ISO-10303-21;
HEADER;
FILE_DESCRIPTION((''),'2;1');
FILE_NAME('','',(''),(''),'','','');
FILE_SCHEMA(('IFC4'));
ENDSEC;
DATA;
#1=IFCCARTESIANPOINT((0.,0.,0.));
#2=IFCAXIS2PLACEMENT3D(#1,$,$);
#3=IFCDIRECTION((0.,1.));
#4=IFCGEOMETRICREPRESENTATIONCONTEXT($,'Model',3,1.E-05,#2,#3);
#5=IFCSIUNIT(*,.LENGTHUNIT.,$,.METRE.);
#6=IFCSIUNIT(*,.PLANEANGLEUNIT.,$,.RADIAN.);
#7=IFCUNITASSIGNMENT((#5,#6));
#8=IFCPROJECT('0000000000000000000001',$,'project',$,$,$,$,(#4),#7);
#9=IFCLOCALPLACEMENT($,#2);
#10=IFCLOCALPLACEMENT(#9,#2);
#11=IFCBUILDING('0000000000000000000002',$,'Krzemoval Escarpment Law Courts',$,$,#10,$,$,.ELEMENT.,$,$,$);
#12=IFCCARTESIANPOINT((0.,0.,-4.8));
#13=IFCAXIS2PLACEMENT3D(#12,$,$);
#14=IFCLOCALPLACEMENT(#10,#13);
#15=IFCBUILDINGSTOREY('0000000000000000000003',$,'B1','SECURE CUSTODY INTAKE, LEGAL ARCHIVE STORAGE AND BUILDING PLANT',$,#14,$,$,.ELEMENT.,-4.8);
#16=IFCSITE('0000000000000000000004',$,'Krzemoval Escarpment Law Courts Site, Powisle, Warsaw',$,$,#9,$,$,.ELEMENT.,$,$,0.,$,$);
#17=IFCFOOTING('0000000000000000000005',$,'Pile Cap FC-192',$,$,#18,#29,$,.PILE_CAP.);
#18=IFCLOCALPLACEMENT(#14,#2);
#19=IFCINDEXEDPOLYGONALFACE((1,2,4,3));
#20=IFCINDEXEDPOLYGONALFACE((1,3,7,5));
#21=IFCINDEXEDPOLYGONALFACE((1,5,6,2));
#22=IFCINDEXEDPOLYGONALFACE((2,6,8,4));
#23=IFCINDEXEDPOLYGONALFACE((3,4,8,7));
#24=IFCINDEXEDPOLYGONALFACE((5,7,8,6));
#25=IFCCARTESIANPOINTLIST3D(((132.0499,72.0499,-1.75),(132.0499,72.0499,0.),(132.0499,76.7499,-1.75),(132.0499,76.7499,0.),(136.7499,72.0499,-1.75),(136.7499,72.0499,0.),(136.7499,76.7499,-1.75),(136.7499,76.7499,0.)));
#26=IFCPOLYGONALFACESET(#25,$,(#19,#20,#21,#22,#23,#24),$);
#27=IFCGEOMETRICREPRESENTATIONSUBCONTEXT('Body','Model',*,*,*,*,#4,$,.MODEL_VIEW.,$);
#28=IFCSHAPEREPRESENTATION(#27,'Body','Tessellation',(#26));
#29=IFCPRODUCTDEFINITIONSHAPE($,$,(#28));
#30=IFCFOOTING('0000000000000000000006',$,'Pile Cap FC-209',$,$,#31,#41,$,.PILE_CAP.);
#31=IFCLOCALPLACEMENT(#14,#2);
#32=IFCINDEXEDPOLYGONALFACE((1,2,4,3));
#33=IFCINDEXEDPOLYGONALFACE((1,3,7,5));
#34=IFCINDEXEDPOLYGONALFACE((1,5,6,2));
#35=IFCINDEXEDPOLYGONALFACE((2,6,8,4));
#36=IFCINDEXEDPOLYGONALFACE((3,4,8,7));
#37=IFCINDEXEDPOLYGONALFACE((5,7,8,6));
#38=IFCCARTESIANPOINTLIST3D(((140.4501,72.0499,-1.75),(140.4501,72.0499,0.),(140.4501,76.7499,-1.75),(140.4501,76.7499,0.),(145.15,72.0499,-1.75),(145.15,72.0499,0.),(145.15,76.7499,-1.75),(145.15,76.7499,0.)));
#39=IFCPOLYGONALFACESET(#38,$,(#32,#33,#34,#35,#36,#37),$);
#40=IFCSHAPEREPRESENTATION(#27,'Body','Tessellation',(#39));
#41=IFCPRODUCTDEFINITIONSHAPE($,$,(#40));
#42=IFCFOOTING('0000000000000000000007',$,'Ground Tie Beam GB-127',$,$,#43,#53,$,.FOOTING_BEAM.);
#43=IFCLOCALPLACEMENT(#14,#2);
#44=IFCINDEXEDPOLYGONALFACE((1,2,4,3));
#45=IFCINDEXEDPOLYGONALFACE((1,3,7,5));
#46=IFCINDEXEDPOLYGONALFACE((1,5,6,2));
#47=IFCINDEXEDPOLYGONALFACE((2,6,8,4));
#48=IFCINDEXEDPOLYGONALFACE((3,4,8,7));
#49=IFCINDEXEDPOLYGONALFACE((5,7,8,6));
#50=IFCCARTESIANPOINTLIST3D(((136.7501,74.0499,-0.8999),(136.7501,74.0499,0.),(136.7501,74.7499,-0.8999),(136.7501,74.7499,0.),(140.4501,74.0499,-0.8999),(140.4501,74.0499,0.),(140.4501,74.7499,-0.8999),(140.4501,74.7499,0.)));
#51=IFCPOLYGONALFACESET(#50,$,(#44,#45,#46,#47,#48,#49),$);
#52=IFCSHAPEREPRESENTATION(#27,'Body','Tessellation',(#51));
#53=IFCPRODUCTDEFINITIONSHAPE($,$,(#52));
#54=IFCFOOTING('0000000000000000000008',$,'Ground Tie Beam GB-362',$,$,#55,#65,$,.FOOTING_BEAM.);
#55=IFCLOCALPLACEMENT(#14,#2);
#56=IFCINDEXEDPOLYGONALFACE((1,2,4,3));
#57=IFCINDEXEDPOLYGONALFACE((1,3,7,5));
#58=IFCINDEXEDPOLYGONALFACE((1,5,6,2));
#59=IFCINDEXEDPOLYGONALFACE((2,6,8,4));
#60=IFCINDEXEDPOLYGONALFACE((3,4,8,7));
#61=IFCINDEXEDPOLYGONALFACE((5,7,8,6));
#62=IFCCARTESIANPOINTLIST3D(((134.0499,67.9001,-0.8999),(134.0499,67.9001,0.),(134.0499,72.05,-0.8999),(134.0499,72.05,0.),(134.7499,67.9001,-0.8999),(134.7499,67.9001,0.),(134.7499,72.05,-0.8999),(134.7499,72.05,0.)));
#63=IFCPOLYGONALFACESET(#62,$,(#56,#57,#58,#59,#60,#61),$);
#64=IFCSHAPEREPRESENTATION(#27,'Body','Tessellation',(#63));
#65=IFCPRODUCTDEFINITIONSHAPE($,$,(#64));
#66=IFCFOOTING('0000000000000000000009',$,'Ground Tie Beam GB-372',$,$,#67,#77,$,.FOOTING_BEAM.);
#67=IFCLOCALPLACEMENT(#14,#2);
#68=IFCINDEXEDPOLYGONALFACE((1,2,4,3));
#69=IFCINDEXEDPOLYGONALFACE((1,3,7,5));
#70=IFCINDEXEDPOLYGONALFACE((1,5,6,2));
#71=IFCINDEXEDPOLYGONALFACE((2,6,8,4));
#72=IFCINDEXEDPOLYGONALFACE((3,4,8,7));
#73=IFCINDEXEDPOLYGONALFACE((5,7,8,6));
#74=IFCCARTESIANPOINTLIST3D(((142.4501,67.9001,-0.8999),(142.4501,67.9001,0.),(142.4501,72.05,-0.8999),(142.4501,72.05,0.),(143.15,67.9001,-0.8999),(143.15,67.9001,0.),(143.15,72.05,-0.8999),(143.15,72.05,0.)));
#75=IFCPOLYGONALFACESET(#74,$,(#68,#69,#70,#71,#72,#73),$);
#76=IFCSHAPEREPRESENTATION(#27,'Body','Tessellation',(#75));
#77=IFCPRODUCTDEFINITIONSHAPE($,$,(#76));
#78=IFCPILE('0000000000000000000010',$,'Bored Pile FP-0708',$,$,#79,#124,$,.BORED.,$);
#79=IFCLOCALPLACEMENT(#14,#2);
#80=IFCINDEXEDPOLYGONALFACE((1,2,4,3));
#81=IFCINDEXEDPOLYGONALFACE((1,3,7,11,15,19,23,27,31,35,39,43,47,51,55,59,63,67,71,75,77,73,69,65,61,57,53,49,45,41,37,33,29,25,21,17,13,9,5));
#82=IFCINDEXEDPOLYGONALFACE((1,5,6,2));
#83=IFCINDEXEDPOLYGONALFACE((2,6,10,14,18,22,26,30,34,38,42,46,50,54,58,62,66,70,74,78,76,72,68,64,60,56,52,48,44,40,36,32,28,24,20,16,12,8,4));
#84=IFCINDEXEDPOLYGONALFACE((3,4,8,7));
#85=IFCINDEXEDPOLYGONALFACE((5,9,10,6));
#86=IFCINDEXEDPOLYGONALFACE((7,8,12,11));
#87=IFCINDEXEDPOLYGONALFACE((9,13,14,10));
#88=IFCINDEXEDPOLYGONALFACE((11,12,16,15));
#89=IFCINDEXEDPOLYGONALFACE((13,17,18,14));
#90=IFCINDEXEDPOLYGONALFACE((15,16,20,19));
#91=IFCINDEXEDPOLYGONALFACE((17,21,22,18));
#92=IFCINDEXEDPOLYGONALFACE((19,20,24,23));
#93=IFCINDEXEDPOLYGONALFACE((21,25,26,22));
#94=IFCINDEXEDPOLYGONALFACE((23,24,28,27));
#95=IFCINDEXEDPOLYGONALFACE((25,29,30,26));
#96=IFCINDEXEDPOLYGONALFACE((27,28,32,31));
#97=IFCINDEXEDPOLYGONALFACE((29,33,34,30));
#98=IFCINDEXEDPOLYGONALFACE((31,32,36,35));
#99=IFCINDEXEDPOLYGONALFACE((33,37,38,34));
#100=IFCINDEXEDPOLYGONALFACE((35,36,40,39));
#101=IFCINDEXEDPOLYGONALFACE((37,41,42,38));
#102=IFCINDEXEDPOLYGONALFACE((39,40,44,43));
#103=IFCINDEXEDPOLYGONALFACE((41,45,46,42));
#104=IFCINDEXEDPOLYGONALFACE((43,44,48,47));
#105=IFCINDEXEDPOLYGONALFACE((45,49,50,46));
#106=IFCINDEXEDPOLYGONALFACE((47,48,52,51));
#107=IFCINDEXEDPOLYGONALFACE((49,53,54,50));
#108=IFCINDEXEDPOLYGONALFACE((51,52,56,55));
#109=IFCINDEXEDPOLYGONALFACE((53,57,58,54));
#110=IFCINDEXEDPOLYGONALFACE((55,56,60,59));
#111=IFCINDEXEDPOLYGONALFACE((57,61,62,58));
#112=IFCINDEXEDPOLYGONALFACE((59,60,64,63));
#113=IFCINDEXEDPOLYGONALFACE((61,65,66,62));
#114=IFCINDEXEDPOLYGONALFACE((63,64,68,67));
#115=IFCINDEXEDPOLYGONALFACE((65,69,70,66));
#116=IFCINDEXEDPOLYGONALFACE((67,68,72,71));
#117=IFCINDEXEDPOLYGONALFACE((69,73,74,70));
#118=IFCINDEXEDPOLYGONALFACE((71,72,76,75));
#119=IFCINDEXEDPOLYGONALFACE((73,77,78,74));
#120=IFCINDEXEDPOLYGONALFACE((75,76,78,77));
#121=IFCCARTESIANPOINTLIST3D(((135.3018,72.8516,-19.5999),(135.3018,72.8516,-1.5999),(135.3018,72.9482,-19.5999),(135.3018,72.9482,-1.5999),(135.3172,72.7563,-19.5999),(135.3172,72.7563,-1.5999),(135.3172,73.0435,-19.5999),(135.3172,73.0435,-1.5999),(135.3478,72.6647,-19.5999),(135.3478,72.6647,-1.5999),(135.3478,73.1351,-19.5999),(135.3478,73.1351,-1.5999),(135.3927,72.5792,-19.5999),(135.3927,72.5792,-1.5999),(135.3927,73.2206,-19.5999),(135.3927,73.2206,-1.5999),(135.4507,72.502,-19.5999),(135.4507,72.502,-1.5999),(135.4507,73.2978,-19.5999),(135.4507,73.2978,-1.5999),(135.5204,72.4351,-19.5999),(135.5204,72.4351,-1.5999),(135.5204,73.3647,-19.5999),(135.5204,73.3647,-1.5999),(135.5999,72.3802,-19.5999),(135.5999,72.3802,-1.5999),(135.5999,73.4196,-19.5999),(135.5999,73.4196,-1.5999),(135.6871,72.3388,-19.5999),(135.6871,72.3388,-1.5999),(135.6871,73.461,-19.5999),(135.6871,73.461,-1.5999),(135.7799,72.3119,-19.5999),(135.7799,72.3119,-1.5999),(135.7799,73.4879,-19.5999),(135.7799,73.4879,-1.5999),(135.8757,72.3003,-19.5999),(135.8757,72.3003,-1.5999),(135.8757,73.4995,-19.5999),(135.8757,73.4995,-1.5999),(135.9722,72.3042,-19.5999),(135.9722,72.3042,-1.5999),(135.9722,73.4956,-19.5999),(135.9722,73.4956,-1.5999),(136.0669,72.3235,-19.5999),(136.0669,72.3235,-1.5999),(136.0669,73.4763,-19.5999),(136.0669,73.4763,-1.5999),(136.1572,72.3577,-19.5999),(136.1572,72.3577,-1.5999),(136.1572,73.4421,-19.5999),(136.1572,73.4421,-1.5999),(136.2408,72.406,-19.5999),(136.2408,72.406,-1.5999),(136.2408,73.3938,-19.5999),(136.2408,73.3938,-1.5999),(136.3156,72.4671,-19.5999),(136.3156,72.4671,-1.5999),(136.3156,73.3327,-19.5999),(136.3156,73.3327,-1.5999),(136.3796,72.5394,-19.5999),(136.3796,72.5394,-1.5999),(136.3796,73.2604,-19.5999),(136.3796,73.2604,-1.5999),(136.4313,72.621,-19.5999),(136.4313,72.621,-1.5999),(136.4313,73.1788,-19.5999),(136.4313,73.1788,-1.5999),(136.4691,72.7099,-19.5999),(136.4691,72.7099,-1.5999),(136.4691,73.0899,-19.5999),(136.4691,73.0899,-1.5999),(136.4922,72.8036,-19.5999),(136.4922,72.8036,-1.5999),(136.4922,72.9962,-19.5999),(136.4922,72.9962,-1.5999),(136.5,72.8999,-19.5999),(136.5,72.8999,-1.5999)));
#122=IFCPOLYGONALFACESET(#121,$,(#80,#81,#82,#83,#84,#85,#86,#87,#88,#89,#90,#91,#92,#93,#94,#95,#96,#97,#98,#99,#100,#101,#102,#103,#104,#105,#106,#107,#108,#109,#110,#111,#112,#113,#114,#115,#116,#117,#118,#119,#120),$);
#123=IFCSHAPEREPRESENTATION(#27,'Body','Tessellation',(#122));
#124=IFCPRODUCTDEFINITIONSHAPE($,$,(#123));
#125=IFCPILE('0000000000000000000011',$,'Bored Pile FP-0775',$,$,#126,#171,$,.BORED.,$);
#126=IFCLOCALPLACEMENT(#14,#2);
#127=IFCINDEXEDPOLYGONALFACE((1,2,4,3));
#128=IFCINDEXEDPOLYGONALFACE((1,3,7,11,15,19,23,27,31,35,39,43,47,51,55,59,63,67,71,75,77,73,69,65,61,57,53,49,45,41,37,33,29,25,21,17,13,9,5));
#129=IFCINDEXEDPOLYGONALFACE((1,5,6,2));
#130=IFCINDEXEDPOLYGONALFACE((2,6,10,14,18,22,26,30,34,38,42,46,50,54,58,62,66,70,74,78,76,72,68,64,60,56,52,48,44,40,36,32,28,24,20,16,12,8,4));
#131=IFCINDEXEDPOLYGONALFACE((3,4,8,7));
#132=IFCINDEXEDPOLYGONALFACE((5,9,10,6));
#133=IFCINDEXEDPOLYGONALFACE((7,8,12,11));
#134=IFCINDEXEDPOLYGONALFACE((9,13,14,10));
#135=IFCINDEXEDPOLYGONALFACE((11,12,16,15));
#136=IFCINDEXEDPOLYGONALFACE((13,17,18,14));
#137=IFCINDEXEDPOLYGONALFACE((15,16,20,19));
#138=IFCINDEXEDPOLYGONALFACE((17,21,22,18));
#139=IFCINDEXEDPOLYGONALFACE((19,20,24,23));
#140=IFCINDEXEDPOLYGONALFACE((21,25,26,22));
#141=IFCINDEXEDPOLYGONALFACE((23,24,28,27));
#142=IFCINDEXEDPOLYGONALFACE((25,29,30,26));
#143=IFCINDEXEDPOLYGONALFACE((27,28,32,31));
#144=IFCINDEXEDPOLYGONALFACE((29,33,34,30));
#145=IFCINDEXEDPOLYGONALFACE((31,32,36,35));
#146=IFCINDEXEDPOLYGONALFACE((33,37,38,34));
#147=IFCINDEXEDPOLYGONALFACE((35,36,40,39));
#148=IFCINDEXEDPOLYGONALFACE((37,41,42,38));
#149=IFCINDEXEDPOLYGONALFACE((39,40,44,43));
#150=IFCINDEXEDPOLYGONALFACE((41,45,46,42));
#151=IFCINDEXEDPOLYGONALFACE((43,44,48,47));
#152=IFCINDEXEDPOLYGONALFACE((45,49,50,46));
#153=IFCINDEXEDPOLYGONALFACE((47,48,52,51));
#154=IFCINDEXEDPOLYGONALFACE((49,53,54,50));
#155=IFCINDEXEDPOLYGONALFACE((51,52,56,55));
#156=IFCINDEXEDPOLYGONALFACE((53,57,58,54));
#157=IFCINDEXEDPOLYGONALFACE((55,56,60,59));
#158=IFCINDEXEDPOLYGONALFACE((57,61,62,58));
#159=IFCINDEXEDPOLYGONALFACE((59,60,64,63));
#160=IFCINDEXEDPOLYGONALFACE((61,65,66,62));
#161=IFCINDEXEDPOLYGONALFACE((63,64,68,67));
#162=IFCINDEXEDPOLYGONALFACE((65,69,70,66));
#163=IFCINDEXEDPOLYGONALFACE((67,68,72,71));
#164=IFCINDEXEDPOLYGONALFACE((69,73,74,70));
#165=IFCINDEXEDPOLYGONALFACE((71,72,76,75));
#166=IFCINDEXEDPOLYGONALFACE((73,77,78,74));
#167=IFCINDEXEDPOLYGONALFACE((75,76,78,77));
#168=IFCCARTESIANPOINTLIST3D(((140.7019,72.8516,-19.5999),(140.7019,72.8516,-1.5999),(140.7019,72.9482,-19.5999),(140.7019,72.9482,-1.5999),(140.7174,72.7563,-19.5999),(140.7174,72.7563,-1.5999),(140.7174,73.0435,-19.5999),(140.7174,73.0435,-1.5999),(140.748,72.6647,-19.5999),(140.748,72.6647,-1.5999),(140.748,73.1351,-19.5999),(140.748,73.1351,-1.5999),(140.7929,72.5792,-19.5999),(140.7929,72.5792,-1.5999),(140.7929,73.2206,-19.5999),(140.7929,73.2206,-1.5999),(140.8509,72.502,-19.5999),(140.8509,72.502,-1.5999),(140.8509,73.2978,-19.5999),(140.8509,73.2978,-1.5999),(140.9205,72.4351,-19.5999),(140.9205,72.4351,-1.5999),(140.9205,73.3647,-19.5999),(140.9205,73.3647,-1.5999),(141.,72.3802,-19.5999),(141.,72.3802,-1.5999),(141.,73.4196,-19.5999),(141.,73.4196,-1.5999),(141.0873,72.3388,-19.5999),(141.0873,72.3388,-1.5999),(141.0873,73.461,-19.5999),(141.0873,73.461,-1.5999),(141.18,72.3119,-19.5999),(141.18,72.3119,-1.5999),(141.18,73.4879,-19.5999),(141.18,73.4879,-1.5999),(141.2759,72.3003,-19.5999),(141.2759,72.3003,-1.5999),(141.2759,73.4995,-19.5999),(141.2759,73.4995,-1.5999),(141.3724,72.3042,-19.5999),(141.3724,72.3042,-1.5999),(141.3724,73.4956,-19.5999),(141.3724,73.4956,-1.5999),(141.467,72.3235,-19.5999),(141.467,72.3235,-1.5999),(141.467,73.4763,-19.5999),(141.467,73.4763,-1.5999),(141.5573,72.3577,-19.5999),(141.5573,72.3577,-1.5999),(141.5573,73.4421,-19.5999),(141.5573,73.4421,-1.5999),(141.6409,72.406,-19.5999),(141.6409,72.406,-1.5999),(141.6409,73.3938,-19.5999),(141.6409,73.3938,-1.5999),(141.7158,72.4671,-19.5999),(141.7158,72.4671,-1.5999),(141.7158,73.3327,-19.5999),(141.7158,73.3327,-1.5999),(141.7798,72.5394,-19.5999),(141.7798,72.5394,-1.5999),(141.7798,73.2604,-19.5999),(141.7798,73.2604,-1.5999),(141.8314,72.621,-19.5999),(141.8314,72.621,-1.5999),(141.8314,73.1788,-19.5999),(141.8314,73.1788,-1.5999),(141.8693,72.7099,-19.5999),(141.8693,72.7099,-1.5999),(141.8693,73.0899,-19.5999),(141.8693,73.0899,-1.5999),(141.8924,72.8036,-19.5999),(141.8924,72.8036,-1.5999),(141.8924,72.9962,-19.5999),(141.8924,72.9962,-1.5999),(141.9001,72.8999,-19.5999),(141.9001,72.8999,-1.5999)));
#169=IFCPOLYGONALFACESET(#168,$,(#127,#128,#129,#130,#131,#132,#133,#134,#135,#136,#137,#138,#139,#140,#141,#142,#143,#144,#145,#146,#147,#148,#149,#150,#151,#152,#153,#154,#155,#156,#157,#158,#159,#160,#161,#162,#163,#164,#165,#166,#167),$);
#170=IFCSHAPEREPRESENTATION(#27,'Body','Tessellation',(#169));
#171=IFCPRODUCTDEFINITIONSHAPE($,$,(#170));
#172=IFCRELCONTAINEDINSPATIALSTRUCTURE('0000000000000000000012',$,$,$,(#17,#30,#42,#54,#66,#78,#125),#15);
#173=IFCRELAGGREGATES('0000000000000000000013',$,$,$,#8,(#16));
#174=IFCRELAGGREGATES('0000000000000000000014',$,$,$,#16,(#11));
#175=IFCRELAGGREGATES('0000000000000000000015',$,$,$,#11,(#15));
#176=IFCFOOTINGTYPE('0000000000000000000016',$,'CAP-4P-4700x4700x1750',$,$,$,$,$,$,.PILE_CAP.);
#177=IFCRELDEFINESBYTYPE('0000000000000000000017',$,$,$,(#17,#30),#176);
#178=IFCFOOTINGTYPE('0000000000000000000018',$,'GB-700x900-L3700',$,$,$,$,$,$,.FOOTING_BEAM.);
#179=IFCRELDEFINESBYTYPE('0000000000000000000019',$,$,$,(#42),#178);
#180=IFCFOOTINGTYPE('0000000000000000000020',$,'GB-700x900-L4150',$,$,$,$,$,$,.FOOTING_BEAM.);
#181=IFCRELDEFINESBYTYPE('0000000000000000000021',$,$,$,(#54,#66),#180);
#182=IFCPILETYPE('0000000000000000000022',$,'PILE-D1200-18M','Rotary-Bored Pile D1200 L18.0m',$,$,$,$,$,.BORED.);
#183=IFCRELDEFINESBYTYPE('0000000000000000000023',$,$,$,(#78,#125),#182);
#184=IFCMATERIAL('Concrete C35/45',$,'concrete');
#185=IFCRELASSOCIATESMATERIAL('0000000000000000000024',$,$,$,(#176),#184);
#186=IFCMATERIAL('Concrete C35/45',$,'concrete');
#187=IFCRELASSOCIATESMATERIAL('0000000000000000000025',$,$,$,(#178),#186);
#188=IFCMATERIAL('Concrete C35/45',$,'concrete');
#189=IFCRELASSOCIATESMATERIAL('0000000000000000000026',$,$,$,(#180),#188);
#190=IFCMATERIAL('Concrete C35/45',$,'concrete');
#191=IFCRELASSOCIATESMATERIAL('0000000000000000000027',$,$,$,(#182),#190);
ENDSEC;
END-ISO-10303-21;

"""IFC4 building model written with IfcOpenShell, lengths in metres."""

from ifc_helpers import new_model, si_unit, direction, frame, origin, origin_2d, place, context, subcontext, project, spatial, rectangle, circle, extrude, material, material_profile, profile_set, type_object, element, save


model = new_model("IFC4")

# Units and contexts
model_context = context("Model", 3, precision=1e-05, world=origin(), true_north=direction((0.0, 1.0)))
body_context = subcontext(model_context, "Body", "Model", "MODEL_VIEW")
ifc_project = project(units=[si_unit("LENGTHUNIT", "METRE"), si_unit("PLANEANGLEUNIT", "RADIAN")], contexts=[model_context])

# Site, building, storey
site_placement = place(None, origin())
site = spatial("IfcSite", under=ifc_project, at=site_placement, Name="Krzemoval Escarpment Law Courts Site, Powisle, Warsaw", CompositionType="ELEMENT", RefElevation=0.0)
building_placement = place(site_placement, origin())
building = spatial("IfcBuilding", under=site, at=building_placement, Name="Krzemoval Escarpment Law Courts", CompositionType="ELEMENT")
storey_placement = place(building_placement, frame((0.0, 0.0, -4.8)))
storey = spatial("IfcBuildingStorey", under=building, at=storey_placement, Name="B1", Description="SECURE CUSTODY INTAKE, LEGAL ARCHIVE STORAGE AND BUILDING PLANT", CompositionType="ELEMENT", Elevation=-4.8)

# Footings
ifc_material_1 = material(Name="Concrete C35/45", Category="concrete")
footing_type_1 = type_object("IfcFootingType", Name="CAP-4P-4700x4700x1750", PredefinedType="PILE_CAP", material=ifc_material_1)
for number, where, z_axis, x_axis, name in (
    (1, (134.3999, 74.3999, -1.75), (0.0, 0.0, 1.0), (1.0, 0.0, 0.0), "Pile Cap FC-192"),
    (2, (142.8, 74.3999, -1.75), (0.0, 0.0, 1.0), (1.0, 0.0, 0.0), "Pile Cap FC-209"),
):
    element("IfcFooting", number, at=place(storey_placement, frame(where, z_axis=z_axis, x_axis=x_axis)), inside=storey, type_object=footing_type_1, Name=name, PredefinedType="PILE_CAP", context=body_context, shape_type="SweptSolid", body=[
        extrude(rectangle(XDim=4.7, YDim=4.7, at=origin_2d()), origin(), (0.0, 0.0, 1.0), 1.75),
    ])
ifc_material_2 = material(Name="Concrete C35/45", Category="concrete")
footing_type_2 = type_object("IfcFootingType", Name="GB-700x900-L3700", PredefinedType="FOOTING_BEAM", material=ifc_material_2)
footing_placement = place(storey_placement, frame((138.6001, 74.3999, -0.8999), z_axis=(0.0, 0.0, 1.0), x_axis=(1.0, 0.0, 0.0)))
element("IfcFooting", 3, at=footing_placement, inside=storey, type_object=footing_type_2, Name="Ground Tie Beam GB-127", PredefinedType="FOOTING_BEAM", context=body_context, shape_type="SweptSolid", body=[
    extrude(rectangle(XDim=3.7, YDim=0.7, at=origin_2d()), origin(), (0.0, 0.0, 1.0), 0.8999),
])
ifc_material_3 = material(Name="Concrete C35/45", Category="concrete")
footing_type_3 = type_object("IfcFootingType", Name="GB-700x900-L4150", PredefinedType="FOOTING_BEAM", material=ifc_material_3)
for number, where, z_axis, x_axis, name in (
    (4, (134.3999, 69.9751, -0.8999), (0.0, 0.0, 1.0), (0.0, 1.0, 0.0), "Ground Tie Beam GB-362"),
    (5, (142.8, 69.9751, -0.8999), (0.0, 0.0, 1.0), (0.0, 1.0, 0.0), "Ground Tie Beam GB-372"),
):
    element("IfcFooting", number, at=place(storey_placement, frame(where, z_axis=z_axis, x_axis=x_axis)), inside=storey, type_object=footing_type_3, Name=name, PredefinedType="FOOTING_BEAM", context=body_context, shape_type="SweptSolid", body=[
        extrude(rectangle(XDim=4.1499, YDim=0.7, at=origin_2d()), origin(), (0.0, 0.0, 1.0), 0.8999),
    ])

# Piles
ifc_material_4 = material(Name="Concrete C35/45", Category="concrete")
ifc_material_profile_1 = material_profile(ifc_material_4, circle(Radius=0.6001, at=origin_2d()), Name="PILE D1200")
ifc_profile_set_1 = profile_set([ifc_material_profile_1], Name="Concrete C35/45")
pile_type_1 = type_object("IfcPileType", Name="PILE-D1200-18M", Description="Rotary-Bored Pile D1200 L18.0m", PredefinedType="BORED", material=ifc_profile_set_1)
for number, where, z_axis, x_axis, name in (
    (6, (135.8999, 72.8999, -1.5999), (0.0, 0.0, -1.0), (1.0, 0.0, 0.0), "Bored Pile FP-0708"),
    (7, (141.3, 72.8999, -1.5999), (0.0, 0.0, -1.0), (1.0, 0.0, 0.0), "Bored Pile FP-0775"),
):
    element("IfcPile", number, at=place(storey_placement, frame(where, z_axis=z_axis, x_axis=x_axis)), inside=storey, type_object=pile_type_1, Name=name, PredefinedType="BORED", context=body_context, shape_type="SweptSolid", body=[
        extrude(circle(Radius=0.6001, at=origin_2d()), origin(), (0.0, 0.0, 1.0), 18.0),
    ])

save(model, "model.ifc")
